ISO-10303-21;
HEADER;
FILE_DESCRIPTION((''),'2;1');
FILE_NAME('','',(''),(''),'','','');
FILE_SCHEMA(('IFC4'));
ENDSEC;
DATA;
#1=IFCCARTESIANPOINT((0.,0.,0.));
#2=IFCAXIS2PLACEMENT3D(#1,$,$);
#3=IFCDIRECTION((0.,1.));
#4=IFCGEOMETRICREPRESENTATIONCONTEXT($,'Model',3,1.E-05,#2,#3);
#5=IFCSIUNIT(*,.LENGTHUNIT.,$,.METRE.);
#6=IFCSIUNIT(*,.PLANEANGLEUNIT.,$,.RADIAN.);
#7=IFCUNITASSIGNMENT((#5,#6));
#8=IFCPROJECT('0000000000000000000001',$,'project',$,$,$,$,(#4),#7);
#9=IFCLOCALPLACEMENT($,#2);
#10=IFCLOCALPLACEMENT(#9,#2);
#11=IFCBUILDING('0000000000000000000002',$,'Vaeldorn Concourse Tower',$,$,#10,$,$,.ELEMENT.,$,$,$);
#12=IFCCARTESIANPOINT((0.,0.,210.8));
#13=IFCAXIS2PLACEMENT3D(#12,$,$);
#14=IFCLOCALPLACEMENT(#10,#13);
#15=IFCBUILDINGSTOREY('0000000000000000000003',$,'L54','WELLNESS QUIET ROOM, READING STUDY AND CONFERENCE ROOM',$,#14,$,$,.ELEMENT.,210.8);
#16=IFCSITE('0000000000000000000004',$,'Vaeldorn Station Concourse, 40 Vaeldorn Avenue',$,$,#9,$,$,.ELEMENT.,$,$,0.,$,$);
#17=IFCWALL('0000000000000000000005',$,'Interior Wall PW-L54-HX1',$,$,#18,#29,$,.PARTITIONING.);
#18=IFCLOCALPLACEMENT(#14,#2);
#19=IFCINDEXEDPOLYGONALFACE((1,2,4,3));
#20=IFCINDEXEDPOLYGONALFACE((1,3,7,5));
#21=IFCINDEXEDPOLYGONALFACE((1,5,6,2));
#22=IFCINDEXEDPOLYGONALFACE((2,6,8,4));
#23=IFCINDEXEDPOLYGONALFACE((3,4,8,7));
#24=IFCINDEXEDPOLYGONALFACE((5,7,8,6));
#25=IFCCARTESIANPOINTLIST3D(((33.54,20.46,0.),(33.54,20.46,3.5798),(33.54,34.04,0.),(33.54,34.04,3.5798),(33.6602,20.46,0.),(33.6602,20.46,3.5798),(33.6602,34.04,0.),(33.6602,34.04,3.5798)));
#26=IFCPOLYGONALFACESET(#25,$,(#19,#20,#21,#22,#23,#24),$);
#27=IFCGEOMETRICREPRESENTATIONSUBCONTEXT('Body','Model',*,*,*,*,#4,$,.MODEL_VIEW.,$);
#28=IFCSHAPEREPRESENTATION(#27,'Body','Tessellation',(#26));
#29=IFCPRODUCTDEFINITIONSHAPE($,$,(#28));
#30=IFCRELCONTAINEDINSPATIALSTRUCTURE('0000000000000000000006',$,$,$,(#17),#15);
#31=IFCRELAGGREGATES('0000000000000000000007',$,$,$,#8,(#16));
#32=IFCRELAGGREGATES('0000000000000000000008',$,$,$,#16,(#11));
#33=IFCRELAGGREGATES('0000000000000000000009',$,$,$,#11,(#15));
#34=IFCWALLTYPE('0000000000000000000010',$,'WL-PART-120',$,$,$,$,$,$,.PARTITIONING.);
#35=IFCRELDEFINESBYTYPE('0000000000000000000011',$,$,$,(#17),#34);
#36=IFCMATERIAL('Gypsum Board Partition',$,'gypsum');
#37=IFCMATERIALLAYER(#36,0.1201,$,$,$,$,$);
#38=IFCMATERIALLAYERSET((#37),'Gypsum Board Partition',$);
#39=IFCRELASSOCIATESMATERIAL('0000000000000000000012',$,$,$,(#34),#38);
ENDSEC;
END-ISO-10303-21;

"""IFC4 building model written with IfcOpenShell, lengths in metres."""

from ifc_helpers import new_model, si_unit, direction, frame, frame_2d, origin, place, context, subcontext, project, spatial, rectangle, extrude, material, layer, layer_set, type_object, element, save


model = new_model("IFC4")

# Units and contexts
model_context = context("Model", 3, precision=1e-05, world=origin(), true_north=direction((0.0, 1.0)))
body_context = subcontext(model_context, "Body", "Model", "MODEL_VIEW")
ifc_project = project(units=[si_unit("LENGTHUNIT", "METRE"), si_unit("PLANEANGLEUNIT", "RADIAN")], contexts=[model_context])

# Site, building, storey
site_placement = place(None, origin())
site = spatial("IfcSite", under=ifc_project, at=site_placement, Name="Vaeldorn Station Concourse, 40 Vaeldorn Avenue", CompositionType="ELEMENT", RefElevation=0.0)
building_placement = place(site_placement, origin())
building = spatial("IfcBuilding", under=site, at=building_placement, Name="Vaeldorn Concourse Tower", CompositionType="ELEMENT")
storey_placement = place(building_placement, frame((0.0, 0.0, 210.8)))
storey = spatial("IfcBuildingStorey", under=building, at=storey_placement, Name="L54", Description="WELLNESS QUIET ROOM, READING STUDY AND CONFERENCE ROOM", CompositionType="ELEMENT", Elevation=210.8)

# Wall
ifc_material_1 = material(Name="Gypsum Board Partition", Category="gypsum")
ifc_layer = layer(ifc_material_1, 0.1201)
ifc_layer_set = layer_set([ifc_layer], Name="Gypsum Board Partition")
wall_type = type_object("IfcWallType", Name="WL-PART-120", PredefinedType="PARTITIONING", material=ifc_layer_set)
wall_placement = place(storey_placement, frame((33.6001, 20.46, 0.0), z_axis=(0.0, 0.0, 1.0), x_axis=(0.0, 1.0, 0.0)))
element("IfcWall", 1, at=wall_placement, inside=storey, type_object=wall_type, Name="Interior Wall PW-L54-HX1", PredefinedType="PARTITIONING", context=body_context, shape_type="SweptSolid", body=[
    extrude(rectangle(XDim=13.5801, YDim=0.1201, at=frame_2d((6.79, 0.0))), origin(), (0.0, 0.0, 1.0), 3.5798),
])

save(model, "model.ifc")
